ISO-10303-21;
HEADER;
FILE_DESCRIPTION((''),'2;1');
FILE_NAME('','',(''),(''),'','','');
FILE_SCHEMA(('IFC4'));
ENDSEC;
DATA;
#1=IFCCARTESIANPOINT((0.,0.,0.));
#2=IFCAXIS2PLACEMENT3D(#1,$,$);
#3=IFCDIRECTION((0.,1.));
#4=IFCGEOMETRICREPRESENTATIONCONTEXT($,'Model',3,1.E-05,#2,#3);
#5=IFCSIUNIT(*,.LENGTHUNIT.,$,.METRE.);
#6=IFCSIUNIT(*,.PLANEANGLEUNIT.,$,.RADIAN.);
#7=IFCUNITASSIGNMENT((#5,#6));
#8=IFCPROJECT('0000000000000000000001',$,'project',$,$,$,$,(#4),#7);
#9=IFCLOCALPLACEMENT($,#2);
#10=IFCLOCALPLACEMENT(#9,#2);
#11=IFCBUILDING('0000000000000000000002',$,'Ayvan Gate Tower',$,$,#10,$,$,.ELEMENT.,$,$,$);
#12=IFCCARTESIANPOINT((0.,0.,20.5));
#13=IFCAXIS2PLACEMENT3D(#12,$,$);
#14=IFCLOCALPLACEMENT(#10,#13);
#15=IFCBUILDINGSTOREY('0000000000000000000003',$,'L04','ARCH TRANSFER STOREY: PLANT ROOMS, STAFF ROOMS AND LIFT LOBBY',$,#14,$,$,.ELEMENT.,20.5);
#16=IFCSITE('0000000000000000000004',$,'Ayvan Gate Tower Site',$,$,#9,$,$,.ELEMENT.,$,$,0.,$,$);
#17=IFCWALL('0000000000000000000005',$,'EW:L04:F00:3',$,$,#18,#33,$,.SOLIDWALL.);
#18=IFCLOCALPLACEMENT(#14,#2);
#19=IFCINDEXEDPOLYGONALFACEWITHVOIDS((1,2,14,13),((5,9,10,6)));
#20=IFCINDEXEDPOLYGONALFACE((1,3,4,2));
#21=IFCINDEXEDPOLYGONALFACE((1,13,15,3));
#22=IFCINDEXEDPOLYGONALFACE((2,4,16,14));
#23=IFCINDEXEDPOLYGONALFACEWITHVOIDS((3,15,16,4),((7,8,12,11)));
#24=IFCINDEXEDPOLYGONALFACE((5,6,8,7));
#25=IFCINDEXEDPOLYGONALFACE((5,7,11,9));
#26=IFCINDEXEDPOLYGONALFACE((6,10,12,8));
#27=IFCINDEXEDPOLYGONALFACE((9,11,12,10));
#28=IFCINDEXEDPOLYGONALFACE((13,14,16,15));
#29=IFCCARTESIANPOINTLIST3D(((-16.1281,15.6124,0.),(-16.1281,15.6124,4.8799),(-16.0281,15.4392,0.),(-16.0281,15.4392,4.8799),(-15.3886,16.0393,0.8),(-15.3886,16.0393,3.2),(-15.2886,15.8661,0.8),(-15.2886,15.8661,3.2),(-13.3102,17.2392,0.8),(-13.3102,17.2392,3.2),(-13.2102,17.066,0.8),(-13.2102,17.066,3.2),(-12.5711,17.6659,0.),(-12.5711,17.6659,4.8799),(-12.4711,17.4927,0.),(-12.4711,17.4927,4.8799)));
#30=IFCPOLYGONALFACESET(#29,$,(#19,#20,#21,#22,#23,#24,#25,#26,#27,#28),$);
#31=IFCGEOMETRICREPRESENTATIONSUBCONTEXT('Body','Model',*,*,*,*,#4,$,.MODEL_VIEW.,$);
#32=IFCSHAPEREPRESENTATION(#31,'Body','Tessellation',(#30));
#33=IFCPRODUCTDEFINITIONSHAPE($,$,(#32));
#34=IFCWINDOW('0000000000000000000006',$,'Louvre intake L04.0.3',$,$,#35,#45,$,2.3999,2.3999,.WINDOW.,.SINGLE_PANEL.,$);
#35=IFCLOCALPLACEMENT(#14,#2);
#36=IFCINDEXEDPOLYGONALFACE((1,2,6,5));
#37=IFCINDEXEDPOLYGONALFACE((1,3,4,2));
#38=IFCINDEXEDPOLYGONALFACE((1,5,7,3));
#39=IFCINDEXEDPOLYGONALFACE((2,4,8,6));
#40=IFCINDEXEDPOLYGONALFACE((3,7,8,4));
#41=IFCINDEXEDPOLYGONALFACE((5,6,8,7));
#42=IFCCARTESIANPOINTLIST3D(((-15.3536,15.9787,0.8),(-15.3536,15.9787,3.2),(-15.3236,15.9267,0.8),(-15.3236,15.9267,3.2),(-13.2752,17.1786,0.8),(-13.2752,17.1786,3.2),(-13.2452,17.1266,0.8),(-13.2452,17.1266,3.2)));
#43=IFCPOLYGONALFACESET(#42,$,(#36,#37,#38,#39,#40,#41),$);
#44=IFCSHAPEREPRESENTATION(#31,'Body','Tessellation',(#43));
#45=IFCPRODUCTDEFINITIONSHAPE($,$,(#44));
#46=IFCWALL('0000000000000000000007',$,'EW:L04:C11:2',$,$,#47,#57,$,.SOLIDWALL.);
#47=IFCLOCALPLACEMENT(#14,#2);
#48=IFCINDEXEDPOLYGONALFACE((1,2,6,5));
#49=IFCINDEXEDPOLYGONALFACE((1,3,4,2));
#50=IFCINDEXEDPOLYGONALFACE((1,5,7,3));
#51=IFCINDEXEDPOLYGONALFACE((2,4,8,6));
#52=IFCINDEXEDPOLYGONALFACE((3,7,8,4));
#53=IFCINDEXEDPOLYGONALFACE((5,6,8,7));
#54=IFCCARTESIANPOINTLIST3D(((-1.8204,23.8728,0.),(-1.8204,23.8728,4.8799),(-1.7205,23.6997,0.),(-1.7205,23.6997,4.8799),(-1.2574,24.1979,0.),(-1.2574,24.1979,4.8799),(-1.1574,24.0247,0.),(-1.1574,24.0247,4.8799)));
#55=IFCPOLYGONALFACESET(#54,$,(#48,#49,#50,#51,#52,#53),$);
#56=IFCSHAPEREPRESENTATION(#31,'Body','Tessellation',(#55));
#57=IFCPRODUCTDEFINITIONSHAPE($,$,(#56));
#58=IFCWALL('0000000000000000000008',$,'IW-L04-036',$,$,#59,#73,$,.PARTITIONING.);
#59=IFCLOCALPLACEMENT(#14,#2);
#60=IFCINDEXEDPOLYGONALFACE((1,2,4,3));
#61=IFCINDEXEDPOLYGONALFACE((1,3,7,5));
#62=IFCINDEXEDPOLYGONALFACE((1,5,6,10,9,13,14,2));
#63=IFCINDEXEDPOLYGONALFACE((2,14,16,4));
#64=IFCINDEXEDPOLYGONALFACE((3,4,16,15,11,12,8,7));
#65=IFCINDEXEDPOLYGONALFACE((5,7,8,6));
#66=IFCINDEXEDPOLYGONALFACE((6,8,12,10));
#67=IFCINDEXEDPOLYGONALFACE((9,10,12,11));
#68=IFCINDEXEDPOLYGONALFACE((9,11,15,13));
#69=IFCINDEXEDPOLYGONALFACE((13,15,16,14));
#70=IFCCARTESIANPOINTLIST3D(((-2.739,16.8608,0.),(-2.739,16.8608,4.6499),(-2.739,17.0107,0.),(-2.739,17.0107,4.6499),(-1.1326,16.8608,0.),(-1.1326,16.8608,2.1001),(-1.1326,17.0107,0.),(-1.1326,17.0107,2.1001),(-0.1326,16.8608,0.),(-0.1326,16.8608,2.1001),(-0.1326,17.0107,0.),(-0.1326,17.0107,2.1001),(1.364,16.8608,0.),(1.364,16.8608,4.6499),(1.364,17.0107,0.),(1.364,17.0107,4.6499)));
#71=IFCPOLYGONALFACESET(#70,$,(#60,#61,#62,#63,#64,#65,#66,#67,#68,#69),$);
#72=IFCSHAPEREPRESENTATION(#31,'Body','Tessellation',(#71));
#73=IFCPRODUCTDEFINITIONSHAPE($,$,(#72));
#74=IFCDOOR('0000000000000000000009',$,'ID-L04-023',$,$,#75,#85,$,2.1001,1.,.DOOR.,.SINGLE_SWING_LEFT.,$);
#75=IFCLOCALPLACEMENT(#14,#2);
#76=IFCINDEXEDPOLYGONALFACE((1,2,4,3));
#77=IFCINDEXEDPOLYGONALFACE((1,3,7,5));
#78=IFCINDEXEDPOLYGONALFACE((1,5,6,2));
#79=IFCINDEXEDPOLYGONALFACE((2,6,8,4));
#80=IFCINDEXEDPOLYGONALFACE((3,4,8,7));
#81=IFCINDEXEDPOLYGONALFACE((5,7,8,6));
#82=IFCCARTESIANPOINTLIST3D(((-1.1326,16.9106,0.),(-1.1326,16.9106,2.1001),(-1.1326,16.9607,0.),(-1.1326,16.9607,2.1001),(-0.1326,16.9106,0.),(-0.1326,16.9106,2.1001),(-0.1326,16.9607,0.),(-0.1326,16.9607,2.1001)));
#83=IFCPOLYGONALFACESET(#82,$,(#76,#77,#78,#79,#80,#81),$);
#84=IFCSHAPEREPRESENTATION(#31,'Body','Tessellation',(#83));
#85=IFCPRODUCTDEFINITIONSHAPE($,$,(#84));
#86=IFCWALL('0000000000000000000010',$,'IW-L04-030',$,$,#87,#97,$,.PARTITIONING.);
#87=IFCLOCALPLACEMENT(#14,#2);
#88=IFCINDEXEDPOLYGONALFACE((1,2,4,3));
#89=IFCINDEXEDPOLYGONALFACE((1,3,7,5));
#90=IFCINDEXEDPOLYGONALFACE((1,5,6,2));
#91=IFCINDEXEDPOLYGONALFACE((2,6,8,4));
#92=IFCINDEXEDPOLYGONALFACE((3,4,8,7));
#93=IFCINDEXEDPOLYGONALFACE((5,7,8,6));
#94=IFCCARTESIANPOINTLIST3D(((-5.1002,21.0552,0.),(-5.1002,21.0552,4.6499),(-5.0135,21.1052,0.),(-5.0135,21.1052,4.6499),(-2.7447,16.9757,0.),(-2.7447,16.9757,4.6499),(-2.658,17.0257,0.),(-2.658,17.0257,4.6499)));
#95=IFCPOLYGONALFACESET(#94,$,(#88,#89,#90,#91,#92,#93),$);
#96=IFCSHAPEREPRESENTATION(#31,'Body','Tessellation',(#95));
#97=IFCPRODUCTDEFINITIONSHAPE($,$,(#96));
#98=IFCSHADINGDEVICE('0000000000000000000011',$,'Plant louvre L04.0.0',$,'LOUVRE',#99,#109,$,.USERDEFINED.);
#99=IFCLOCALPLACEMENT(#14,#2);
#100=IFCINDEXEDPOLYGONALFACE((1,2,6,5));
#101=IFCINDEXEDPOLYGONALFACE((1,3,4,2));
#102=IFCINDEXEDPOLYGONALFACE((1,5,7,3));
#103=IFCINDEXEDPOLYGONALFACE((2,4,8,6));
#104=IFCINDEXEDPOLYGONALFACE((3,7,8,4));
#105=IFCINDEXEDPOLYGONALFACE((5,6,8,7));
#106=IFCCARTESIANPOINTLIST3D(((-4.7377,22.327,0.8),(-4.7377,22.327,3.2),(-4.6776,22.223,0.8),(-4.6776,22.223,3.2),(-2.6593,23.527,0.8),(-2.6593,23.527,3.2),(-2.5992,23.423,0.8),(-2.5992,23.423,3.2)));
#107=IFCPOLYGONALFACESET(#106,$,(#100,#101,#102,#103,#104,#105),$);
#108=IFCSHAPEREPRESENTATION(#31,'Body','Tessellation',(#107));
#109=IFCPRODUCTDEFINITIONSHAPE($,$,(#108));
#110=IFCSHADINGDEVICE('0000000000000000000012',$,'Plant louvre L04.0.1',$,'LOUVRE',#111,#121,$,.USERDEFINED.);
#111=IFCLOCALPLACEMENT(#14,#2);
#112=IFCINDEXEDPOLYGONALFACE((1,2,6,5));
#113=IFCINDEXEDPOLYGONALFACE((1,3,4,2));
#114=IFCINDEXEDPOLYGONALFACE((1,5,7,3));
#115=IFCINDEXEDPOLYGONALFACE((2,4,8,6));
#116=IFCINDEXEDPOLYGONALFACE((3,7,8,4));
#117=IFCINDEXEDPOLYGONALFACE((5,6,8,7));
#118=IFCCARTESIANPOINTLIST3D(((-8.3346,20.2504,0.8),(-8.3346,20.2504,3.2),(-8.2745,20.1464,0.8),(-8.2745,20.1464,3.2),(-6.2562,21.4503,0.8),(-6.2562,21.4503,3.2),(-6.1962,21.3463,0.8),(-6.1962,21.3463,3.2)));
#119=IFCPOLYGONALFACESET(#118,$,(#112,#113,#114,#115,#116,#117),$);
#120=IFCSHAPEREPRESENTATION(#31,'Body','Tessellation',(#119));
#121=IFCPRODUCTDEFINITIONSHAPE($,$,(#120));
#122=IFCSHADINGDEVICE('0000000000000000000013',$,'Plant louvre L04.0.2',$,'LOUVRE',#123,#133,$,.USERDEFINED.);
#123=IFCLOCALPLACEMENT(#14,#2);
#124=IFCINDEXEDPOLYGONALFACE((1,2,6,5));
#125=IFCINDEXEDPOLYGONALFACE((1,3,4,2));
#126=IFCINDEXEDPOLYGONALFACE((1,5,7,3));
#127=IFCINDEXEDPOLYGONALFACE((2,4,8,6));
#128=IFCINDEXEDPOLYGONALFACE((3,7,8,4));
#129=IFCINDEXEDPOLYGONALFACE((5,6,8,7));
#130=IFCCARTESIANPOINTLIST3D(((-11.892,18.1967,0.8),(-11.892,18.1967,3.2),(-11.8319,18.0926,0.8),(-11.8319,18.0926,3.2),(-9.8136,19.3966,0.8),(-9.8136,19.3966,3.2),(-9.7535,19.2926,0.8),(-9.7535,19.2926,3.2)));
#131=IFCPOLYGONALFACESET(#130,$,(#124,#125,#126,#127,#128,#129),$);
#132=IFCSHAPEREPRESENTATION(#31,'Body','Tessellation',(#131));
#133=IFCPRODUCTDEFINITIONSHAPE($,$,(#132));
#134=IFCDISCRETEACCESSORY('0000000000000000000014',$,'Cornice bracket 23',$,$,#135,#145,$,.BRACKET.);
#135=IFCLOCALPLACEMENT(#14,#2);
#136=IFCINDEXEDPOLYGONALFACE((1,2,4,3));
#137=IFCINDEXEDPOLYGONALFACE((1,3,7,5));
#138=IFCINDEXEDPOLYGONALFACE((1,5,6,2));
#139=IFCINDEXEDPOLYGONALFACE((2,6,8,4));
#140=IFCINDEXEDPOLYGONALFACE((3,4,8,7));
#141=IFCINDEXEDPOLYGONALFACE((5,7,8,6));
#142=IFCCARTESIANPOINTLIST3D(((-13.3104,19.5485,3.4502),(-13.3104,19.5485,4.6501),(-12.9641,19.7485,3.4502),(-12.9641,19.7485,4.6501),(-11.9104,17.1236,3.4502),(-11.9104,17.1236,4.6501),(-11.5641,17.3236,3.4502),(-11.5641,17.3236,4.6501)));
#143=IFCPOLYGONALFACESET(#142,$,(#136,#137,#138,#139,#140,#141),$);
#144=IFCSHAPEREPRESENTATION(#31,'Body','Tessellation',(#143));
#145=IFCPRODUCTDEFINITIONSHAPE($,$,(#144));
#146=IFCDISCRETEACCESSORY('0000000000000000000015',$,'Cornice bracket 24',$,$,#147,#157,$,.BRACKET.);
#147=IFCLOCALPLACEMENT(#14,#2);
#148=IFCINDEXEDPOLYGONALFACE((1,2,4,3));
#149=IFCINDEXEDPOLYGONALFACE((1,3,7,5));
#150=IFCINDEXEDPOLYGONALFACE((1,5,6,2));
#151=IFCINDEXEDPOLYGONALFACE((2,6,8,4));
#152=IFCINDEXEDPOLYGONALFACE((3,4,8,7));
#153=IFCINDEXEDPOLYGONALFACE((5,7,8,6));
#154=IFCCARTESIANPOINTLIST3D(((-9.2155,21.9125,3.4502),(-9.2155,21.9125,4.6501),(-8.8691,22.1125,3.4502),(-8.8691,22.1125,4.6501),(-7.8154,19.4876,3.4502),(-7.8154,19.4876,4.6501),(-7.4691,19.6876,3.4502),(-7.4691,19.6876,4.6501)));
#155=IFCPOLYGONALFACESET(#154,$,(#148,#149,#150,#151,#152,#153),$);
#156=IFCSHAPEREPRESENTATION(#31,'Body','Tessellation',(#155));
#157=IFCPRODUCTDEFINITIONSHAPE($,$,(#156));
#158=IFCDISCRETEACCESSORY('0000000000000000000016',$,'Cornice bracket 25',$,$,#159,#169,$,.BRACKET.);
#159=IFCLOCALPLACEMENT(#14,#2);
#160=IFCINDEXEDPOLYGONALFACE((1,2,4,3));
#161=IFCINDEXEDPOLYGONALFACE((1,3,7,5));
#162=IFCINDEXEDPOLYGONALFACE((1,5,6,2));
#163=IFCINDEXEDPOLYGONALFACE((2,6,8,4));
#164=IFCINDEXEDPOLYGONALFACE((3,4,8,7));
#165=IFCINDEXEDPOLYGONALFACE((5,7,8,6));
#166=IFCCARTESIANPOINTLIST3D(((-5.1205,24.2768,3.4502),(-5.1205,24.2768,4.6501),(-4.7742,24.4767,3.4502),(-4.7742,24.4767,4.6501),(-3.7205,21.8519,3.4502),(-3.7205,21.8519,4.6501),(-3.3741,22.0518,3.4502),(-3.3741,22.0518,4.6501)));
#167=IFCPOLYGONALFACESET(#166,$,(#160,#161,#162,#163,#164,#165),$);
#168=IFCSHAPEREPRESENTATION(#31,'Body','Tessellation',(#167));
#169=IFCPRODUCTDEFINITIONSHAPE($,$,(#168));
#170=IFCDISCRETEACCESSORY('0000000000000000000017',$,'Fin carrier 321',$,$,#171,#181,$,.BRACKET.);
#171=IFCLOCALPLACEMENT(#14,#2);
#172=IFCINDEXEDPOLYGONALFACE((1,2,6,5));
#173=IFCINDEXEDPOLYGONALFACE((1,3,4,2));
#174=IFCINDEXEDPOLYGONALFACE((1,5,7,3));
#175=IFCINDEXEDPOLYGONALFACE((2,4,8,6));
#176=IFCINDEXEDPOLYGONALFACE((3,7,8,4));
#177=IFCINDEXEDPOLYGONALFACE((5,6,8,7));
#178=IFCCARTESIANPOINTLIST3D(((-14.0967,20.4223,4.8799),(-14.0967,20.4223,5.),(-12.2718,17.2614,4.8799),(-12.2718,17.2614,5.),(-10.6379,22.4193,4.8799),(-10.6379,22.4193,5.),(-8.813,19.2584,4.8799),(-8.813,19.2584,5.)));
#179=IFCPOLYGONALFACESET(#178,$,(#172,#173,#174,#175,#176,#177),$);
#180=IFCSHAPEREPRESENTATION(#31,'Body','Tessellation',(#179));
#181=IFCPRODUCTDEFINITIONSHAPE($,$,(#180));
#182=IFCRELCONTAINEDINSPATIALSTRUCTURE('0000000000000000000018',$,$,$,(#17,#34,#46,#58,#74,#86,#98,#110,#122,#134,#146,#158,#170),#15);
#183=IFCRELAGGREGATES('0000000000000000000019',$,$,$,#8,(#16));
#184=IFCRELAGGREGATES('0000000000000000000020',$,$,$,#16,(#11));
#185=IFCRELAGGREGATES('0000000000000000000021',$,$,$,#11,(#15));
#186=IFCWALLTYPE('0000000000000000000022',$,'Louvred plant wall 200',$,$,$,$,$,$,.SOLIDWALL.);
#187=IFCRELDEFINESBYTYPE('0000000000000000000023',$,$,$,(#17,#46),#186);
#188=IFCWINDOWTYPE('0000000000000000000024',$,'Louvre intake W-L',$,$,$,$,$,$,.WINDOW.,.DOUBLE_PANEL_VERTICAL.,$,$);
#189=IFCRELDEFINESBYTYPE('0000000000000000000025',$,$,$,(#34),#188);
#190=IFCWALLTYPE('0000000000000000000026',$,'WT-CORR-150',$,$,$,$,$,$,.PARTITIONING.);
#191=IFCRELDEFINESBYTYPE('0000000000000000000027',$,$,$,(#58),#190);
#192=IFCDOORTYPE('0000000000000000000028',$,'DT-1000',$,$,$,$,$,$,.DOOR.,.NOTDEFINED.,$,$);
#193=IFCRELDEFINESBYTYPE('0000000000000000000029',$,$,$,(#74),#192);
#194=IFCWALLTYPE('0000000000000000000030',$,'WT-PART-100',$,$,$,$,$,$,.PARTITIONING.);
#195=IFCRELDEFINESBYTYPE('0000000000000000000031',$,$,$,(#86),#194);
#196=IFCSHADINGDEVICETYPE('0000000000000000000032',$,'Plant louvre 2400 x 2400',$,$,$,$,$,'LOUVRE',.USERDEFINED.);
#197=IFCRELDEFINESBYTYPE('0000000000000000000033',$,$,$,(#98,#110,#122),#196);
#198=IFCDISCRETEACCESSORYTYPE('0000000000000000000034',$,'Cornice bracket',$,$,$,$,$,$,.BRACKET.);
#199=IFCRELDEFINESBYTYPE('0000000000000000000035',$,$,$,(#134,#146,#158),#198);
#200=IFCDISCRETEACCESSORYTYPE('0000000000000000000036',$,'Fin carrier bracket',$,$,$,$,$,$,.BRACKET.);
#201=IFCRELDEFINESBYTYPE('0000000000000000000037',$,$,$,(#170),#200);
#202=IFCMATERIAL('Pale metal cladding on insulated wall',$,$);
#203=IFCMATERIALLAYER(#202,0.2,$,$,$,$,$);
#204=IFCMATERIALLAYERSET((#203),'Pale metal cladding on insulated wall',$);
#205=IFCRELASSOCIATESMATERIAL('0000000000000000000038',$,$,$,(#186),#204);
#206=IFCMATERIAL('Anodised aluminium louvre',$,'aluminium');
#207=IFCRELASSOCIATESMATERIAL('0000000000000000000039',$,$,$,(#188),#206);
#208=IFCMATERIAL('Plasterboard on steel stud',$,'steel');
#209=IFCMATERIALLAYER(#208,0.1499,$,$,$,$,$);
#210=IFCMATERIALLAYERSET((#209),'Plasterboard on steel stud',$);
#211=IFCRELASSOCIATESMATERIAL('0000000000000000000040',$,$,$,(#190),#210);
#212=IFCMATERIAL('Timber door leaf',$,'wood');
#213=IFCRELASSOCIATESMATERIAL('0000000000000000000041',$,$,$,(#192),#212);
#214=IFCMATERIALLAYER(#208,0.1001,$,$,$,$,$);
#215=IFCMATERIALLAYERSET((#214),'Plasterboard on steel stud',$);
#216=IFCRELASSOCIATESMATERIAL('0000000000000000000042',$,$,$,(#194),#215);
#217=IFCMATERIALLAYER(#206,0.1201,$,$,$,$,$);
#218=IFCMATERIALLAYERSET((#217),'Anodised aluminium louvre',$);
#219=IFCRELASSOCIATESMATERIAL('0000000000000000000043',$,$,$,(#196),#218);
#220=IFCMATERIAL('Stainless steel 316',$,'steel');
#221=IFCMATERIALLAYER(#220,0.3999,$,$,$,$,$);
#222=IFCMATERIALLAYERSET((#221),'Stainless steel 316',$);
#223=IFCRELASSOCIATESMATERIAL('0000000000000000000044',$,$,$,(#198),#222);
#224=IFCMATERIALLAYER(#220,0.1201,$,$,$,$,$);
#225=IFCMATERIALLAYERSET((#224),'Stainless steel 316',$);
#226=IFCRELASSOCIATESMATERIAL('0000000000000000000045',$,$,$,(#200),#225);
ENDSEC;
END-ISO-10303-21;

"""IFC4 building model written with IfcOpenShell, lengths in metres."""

from ifc_helpers import new_model, si_unit, direction, frame, frame_2d, origin, origin_2d, place, context, subcontext, project, spatial, rectangle, extrude, material, layer, layer_set, type_object, element, fill, save


model = new_model("IFC4")

# Units and contexts
model_context = context("Model", 3, precision=1e-05, world=origin(), true_north=direction((0.0, 1.0)))
body_context = subcontext(model_context, "Body", "Model", "MODEL_VIEW")
ifc_project = project(units=[si_unit("LENGTHUNIT", "METRE"), si_unit("PLANEANGLEUNIT", "RADIAN")], contexts=[model_context])

# Site, building, storey
site_placement = place(None, origin())
site = spatial("IfcSite", under=ifc_project, at=site_placement, Name="Ayvan Gate Tower Site", CompositionType="ELEMENT", RefElevation=0.0)
building_placement = place(site_placement, origin())
building = spatial("IfcBuilding", under=site, at=building_placement, Name="Ayvan Gate Tower", CompositionType="ELEMENT")
storey_placement = place(building_placement, frame((0.0, 0.0, 20.5)))
storey = spatial("IfcBuildingStorey", under=building, at=storey_placement, Name="L04", Description="ARCH TRANSFER STOREY: PLANT ROOMS, STAFF ROOMS AND LIFT LOBBY", CompositionType="ELEMENT", Elevation=20.5)

# Wall, opening, window
ifc_material_1 = material(Name="Pale metal cladding on insulated wall")
ifc_layer_1 = layer(ifc_material_1, 0.2)
ifc_layer_set_1 = layer_set([ifc_layer_1], Name="Pale metal cladding on insulated wall")
wall_type_1 = type_object("IfcWallType", Name="Louvred plant wall 200", PredefinedType="SOLIDWALL", material=ifc_layer_set_1)
ifc_material_2 = material(Name="Anodised aluminium louvre", Category="aluminium")
window_type = type_object("IfcWindowType", Name="Louvre intake W-L", PartitioningType="DOUBLE_PANEL_VERTICAL", PredefinedType="WINDOW", material=ifc_material_2)
wall_1_placement = place(storey_placement, frame((-12.521, 17.5793, 0.0), z_axis=(0.0, 0.0, 1.0), x_axis=(-0.866036, -0.499981, 0.0)))
wall_1 = element("IfcWall", 1, at=wall_1_placement, inside=storey, type_object=wall_type_1, Name="EW:L04:F00:3", PredefinedType="SOLIDWALL", context=body_context, shape_type="SweptSolid", body=[
    extrude(rectangle(XDim=4.1072, YDim=0.2, at=frame_2d((2.0537, 0.0))), origin(), (0.0, 0.0, 1.0), 4.8799),
])
opening_1_placement = place(wall_1_placement, frame((0.8535, 0.0, 0.8)))
opening_1 = element("IfcOpeningElement", 2, at=opening_1_placement, cuts=wall_1, PredefinedType="OPENING", context=body_context, shape_type="SweptSolid", body=[
    extrude(rectangle(XDim=2.3999, YDim=2.3999, at=frame_2d((1.2, 1.2))), frame((0.0, 0.1099, 0.0), z_axis=(0.0, -1.0, 0.0), x_axis=(1.0, 0.0, 0.0)), (0.0, 0.0, 1.0), 0.22),
])
window_1_placement = place(opening_1_placement, origin())
window_1 = element("IfcWindow", 3, at=window_1_placement, inside=storey, type_object=window_type, Name="Louvre intake L04.0.3", OverallHeight=2.3999, OverallWidth=2.3999, PartitioningType="SINGLE_PANEL", PredefinedType="WINDOW", context=body_context, shape_type="SweptSolid", body=[
    extrude(rectangle(XDim=2.3999, YDim=2.3999, at=frame_2d((1.2, 1.2))), frame((0.0, 0.03, 0.0), z_axis=(0.0, -1.0, 0.0), x_axis=(1.0, 0.0, 0.0)), (0.0, 0.0, 1.0), 0.0601),
])
fill(opening_1, window_1)

# Wall
wall_2_placement = place(storey_placement, frame((-1.2073, 24.1113, 0.0), z_axis=(0.0, 0.0, 1.0), x_axis=(-0.866086, -0.499896, 0.0)))
element("IfcWall", 4, at=wall_2_placement, inside=storey, type_object=wall_type_1, Name="EW:L04:C11:2", PredefinedType="SOLIDWALL", context=body_context, shape_type="SweptSolid", body=[
    extrude(rectangle(XDim=0.6501, YDim=0.2, at=frame_2d((0.3252, 0.0))), origin(), (0.0, 0.0, 1.0), 4.8799),
])

# Wall, opening, door
ifc_material_3 = material(Name="Plasterboard on steel stud", Category="steel")
ifc_layer_2 = layer(ifc_material_3, 0.1499)
ifc_layer_set_2 = layer_set([ifc_layer_2], Name="Plasterboard on steel stud")
wall_type_2 = type_object("IfcWallType", Name="WT-CORR-150", PredefinedType="PARTITIONING", material=ifc_layer_set_2)
wall_3_placement = place(storey_placement, frame((-2.739, 16.9358, 0.0), z_axis=(0.0, 0.0, 1.0), x_axis=(1.0, 0.0, 0.0)))
wall_3 = element("IfcWall", 5, at=wall_3_placement, inside=storey, type_object=wall_type_2, Name="IW-L04-036", PredefinedType="PARTITIONING", context=body_context, shape_type="SweptSolid", body=[
    extrude(rectangle(XDim=4.103, YDim=0.1499, at=frame_2d((2.0515, 0.0))), origin(), (0.0, 0.0, 1.0), 4.6499),
])
opening_2_placement = place(wall_3_placement, frame((1.6064, 0.0, 0.0)))
opening_2 = element("IfcOpeningElement", 6, at=opening_2_placement, cuts=wall_3, PredefinedType="OPENING", context=body_context, shape_type="SweptSolid", body=[
    extrude(rectangle(XDim=1.0, YDim=2.1001, at=frame_2d((0.5, 1.05))), frame((0.0, 0.085, 0.0), z_axis=(0.0, -1.0, 0.0), x_axis=(1.0, 0.0, 0.0)), (0.0, 0.0, 1.0), 0.1699),
])
ifc_material_4 = material(Name="Timber door leaf", Category="wood")
door_type = type_object("IfcDoorType", Name="DT-1000", OperationType="NOTDEFINED", PredefinedType="DOOR", material=ifc_material_4)
door_placement = place(opening_2_placement, origin())
door = element("IfcDoor", 7, at=door_placement, inside=storey, type_object=door_type, Name="ID-L04-023", OperationType="SINGLE_SWING_LEFT", OverallHeight=2.1001, OverallWidth=1.0, PredefinedType="DOOR", context=body_context, shape_type="SweptSolid", body=[
    extrude(rectangle(XDim=1.0, YDim=2.1001, at=frame_2d((0.5, 1.05))), frame((0.0, 0.0249, 0.0), z_axis=(0.0, -1.0, 0.0), x_axis=(1.0, 0.0, 0.0)), (0.0, 0.0, 1.0), 0.05),
])
fill(opening_2, door)

# Wall
ifc_layer_3 = layer(ifc_material_3, 0.1001)
ifc_layer_set_3 = layer_set([ifc_layer_3], Name="Plasterboard on steel stud")
wall_type_3 = type_object("IfcWallType", Name="WT-PART-100", PredefinedType="PARTITIONING", material=ifc_layer_set_3)
wall_4_placement = place(storey_placement, frame((-5.0569, 21.0803, 0.0), z_axis=(0.0, 0.0, 1.0), x_axis=(0.500019, -0.866015, 0.0)))
element("IfcWall", 8, at=wall_4_placement, inside=storey, type_object=wall_type_3, Name="IW-L04-030", PredefinedType="PARTITIONING", context=body_context, shape_type="SweptSolid", body=[
    extrude(rectangle(XDim=4.7107, YDim=0.1001, at=frame_2d((2.3555, 0.0))), origin(), (0.0, 0.0, 1.0), 4.6499),
])

# Shading devices
ifc_layer_4 = layer(ifc_material_2, 0.1201)
ifc_layer_set_4 = layer_set([ifc_layer_4], Name="Anodised aluminium louvre")
shading_device_type = type_object("IfcShadingDeviceType", Name="Plant louvre 2400 x 2400", ElementType="LOUVRE", PredefinedType="USERDEFINED", material=ifc_layer_set_4)
for number, where, z_axis, x_axis, name in (
    (9, (-3.6685, 22.875, 0.8), (0.0, 0.0, 1.0), (-0.866025, -0.5, 0.0), "Plant louvre L04.0.0"),
    (10, (-7.2654, 20.7983, 0.8), (0.0, 0.0, 1.0), (-0.866025, -0.5, 0.0), "Plant louvre L04.0.1"),
    (11, (-10.8228, 18.7446, 0.8), (0.0, 0.0, 1.0), (-0.866025, -0.5, 0.0), "Plant louvre L04.0.2"),
):
    element("IfcShadingDevice", number, at=place(storey_placement, frame(where, z_axis=z_axis, x_axis=x_axis)), inside=storey, type_object=shading_device_type, Name=name, ObjectType="LOUVRE", PredefinedType="USERDEFINED", context=body_context, shape_type="SweptSolid", body=[
        extrude(rectangle(XDim=2.3999, YDim=0.1201, at=origin_2d()), origin(), (0.0, 0.0, 1.0), 2.3999),
    ])

# Discrete accessories
ifc_material_5 = material(Name="Stainless steel 316", Category="steel")
ifc_layer_5 = layer(ifc_material_5, 0.3999)
ifc_layer_set_5 = layer_set([ifc_layer_5], Name="Stainless steel 316")
discrete_accessory_type_1 = type_object("IfcDiscreteAccessoryType", Name="Cornice bracket", PredefinedType="BRACKET", material=ifc_layer_set_5)
for number, where, z_axis, x_axis, name in (
    (12, (-12.4373, 18.436, 3.4502), (0.0, 0.0, 1.0), (-0.5, 0.866025, 0.0), "Cornice bracket 23"),
    (13, (-8.3423, 20.8, 3.4502), (0.0, 0.0, 1.0), (-0.5, 0.866025, 0.0), "Cornice bracket 24"),
    (14, (-4.2473, 23.1643, 3.4502), (0.0, 0.0, 1.0), (-0.5, 0.866025, 0.0), "Cornice bracket 25"),
):
    element("IfcDiscreteAccessory", number, at=place(storey_placement, frame(where, z_axis=z_axis, x_axis=x_axis)), inside=storey, type_object=discrete_accessory_type_1, Name=name, PredefinedType="BRACKET", context=body_context, shape_type="SweptSolid", body=[
        extrude(rectangle(XDim=2.8, YDim=0.3999, at=origin_2d()), origin(), (0.0, 0.0, 1.0), 1.2),
    ])
ifc_layer_6 = layer(ifc_material_5, 0.1201)
ifc_layer_set_6 = layer_set([ifc_layer_6], Name="Stainless steel 316")
discrete_accessory_type_2 = type_object("IfcDiscreteAccessoryType", Name="Fin carrier bracket", PredefinedType="BRACKET", material=ifc_layer_set_6)
discrete_accessory_1_placement = place(storey_placement, frame((-11.4548, 19.8403, 4.8799), z_axis=(0.0, 0.0, 1.0), x_axis=(-0.866025, -0.5, 0.0)))
element("IfcDiscreteAccessory", 15, at=discrete_accessory_1_placement, inside=storey, type_object=discrete_accessory_type_2, Name="Fin carrier 321", PredefinedType="BRACKET", context=body_context, shape_type="SweptSolid", body=[
    extrude(rectangle(XDim=3.9939, YDim=3.6499, at=origin_2d()), origin(), (0.0, 0.0, 1.0), 0.1201),
])

save(model, "model.ifc")
